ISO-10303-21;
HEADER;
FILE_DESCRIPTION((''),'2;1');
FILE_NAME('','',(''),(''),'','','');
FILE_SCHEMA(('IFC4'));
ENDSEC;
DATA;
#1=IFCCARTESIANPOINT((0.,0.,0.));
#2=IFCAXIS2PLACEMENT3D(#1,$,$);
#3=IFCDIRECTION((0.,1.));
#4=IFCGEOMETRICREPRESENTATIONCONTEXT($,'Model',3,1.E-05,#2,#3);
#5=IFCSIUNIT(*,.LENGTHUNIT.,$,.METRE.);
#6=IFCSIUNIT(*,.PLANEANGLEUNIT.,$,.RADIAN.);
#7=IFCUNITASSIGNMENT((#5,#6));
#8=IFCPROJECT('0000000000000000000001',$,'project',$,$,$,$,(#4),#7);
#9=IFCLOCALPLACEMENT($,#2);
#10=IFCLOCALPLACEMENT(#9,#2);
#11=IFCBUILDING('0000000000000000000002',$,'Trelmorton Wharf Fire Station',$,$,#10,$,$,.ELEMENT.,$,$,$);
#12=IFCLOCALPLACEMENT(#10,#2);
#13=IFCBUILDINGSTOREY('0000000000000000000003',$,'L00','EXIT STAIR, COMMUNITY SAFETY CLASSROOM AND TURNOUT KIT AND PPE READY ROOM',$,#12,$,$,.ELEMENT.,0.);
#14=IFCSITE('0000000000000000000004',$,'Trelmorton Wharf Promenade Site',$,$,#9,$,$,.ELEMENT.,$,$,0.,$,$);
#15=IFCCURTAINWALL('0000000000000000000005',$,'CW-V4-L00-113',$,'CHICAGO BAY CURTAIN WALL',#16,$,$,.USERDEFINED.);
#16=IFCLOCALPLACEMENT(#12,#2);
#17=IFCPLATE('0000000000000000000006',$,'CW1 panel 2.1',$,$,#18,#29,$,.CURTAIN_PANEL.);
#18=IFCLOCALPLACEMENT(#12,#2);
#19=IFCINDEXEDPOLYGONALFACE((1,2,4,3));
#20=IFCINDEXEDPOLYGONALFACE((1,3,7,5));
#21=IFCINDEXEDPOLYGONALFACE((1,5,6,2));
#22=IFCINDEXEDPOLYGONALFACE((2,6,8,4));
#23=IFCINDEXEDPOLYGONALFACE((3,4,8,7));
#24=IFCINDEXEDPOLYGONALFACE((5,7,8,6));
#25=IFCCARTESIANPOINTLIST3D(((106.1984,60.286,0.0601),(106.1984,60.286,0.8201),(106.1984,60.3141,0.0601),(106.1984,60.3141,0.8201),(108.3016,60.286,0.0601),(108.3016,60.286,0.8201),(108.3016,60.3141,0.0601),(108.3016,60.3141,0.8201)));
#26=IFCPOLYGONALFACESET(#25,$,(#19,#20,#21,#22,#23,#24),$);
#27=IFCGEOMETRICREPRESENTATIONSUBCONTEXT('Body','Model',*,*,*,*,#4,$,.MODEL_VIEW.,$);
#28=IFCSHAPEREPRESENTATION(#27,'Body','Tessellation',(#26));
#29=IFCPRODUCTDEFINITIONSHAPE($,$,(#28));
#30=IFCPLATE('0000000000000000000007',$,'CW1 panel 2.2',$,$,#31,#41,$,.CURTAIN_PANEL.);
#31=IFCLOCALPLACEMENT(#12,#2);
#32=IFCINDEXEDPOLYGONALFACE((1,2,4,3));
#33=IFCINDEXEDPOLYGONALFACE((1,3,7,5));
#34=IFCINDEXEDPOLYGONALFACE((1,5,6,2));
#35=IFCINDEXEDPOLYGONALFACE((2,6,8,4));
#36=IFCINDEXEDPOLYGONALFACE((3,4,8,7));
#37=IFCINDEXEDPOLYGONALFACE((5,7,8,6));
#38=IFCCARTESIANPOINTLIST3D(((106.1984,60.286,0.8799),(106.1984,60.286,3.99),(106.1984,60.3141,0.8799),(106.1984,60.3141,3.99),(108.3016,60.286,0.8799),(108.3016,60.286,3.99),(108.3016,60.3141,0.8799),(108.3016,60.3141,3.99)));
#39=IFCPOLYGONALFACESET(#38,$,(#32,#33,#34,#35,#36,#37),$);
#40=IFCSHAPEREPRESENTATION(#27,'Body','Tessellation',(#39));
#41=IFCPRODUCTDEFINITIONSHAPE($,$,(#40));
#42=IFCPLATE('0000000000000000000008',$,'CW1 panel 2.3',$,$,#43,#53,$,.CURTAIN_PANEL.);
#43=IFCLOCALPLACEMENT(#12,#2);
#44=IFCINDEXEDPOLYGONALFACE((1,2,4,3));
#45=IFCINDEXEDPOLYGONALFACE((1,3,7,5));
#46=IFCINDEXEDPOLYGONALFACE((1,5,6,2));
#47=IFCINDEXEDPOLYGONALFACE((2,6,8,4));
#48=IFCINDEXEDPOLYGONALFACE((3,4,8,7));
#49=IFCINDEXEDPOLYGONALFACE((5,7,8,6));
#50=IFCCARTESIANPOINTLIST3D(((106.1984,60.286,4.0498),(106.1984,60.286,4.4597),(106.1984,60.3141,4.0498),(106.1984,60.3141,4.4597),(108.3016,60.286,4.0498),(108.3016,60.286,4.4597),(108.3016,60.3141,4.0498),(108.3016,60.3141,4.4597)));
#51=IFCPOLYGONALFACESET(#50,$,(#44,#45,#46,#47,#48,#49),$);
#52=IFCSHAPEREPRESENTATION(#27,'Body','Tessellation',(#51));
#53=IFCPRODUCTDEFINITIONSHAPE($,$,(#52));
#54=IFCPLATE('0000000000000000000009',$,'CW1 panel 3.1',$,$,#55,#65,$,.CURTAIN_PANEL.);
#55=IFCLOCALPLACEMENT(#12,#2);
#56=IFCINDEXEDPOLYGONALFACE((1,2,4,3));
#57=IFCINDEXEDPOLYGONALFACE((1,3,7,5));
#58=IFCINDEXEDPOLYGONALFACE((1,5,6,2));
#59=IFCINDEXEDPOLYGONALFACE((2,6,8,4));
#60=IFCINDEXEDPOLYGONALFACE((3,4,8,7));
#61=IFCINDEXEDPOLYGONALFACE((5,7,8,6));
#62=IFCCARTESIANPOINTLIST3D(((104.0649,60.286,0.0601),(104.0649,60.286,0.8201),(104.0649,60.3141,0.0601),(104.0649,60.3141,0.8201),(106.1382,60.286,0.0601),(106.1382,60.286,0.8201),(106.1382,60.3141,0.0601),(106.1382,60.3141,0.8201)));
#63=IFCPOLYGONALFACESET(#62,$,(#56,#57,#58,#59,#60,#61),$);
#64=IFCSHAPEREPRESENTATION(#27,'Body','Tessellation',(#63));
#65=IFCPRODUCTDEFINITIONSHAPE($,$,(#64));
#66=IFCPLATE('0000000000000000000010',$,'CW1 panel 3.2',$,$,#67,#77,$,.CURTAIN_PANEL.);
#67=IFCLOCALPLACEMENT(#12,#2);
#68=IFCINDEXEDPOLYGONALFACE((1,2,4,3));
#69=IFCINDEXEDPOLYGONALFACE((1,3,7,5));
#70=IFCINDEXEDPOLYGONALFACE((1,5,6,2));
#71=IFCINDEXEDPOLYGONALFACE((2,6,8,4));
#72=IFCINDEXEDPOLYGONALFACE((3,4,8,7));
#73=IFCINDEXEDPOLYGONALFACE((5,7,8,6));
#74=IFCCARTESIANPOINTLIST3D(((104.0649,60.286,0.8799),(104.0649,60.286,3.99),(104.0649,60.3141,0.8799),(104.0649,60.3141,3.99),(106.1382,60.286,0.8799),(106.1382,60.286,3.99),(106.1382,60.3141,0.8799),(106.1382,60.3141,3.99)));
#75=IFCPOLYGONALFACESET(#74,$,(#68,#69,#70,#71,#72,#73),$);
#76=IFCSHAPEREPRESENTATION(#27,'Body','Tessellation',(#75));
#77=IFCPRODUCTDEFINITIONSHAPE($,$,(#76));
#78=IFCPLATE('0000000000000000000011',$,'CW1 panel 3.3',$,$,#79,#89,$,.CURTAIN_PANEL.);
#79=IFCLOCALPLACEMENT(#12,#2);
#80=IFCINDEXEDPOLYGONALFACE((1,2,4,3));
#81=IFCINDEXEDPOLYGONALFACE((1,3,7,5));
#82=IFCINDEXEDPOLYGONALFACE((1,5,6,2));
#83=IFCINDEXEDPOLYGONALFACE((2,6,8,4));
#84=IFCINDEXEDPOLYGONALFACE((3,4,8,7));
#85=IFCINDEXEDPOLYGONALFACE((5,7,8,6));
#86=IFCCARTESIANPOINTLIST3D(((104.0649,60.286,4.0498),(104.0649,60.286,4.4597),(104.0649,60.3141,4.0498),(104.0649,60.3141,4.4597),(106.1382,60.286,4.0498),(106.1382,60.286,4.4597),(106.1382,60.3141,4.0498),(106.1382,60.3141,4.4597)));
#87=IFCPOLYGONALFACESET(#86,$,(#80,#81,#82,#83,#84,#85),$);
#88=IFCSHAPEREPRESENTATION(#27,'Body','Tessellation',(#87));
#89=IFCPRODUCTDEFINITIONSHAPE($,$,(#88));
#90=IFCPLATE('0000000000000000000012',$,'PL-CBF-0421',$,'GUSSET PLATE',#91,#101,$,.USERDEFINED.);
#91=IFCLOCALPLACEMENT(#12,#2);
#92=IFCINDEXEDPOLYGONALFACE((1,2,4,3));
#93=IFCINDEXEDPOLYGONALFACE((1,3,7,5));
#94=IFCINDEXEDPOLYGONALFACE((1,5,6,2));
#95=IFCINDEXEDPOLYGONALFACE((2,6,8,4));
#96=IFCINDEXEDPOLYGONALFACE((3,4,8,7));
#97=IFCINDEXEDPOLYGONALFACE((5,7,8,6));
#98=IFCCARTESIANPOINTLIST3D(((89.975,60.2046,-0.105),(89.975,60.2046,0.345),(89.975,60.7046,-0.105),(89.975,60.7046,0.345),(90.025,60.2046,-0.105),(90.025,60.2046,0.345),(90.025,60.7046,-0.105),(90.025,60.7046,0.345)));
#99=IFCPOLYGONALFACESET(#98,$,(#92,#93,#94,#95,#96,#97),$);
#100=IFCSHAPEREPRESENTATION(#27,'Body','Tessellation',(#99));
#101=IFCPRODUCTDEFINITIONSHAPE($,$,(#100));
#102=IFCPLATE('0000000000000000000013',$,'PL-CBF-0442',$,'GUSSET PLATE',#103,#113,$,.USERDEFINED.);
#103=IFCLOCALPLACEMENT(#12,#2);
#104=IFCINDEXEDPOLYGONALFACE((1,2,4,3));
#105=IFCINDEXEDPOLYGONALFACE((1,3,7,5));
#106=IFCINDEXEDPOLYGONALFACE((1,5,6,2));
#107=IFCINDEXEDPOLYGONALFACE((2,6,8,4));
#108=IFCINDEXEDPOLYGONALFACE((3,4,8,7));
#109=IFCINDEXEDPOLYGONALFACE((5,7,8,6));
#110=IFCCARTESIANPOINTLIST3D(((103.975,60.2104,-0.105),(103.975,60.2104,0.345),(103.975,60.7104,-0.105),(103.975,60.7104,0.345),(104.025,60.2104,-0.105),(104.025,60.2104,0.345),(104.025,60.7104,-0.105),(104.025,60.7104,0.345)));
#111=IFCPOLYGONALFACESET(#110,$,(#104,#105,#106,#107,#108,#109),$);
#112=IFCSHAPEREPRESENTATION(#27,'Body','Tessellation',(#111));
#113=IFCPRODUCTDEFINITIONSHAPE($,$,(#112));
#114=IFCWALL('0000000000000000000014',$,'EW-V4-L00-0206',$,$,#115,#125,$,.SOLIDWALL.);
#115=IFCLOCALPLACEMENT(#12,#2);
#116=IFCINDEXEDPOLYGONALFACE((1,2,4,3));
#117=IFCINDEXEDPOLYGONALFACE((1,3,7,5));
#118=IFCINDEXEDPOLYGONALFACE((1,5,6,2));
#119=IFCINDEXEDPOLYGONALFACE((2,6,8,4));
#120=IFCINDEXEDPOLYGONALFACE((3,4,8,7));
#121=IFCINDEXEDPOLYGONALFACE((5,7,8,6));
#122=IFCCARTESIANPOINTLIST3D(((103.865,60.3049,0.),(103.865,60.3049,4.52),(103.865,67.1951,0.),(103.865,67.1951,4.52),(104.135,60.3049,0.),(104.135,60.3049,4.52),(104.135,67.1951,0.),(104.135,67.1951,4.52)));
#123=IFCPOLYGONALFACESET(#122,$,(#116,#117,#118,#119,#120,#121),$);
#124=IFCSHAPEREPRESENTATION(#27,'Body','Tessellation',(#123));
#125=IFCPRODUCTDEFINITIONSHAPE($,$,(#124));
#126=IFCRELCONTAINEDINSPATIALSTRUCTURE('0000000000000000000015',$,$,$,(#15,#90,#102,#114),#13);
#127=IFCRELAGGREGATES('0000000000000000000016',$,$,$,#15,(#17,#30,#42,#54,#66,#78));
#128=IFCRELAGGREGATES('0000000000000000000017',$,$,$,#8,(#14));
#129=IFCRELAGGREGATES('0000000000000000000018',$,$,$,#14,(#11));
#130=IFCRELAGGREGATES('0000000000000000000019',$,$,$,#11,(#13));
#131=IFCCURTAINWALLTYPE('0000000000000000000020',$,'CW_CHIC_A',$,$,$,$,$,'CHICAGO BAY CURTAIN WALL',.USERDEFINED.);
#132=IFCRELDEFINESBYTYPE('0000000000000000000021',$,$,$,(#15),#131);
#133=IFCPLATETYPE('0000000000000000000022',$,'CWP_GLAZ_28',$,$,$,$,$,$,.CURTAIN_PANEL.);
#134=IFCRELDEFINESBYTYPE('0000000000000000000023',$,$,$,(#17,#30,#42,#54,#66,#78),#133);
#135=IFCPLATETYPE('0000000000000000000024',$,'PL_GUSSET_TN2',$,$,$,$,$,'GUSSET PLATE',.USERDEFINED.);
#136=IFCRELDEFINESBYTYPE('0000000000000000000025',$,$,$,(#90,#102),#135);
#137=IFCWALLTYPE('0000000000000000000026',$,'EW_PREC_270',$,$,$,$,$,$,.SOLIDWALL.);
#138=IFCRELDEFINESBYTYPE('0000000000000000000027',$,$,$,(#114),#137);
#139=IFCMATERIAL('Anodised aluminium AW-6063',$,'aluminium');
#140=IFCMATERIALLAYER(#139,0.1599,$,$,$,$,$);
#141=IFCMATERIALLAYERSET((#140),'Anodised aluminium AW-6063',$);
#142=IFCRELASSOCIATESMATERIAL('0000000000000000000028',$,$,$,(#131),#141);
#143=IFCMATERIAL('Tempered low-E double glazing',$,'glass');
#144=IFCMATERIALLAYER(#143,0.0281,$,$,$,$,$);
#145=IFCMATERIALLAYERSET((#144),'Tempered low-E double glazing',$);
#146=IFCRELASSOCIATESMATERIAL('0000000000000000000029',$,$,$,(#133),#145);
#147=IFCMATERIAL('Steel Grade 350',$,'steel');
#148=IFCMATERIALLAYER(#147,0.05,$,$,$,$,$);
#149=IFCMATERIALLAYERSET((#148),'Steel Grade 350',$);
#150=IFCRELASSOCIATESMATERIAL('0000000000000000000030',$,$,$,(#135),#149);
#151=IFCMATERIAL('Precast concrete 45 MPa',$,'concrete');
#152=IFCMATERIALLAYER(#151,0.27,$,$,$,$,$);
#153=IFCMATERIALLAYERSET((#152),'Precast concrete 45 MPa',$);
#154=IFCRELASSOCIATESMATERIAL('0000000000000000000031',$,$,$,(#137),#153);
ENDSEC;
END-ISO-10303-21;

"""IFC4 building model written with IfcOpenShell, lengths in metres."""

from ifc_helpers import new_model, si_unit, direction, frame, frame_2d, origin, origin_2d, place, context, subcontext, project, spatial, rectangle, extrude, material, layer, layer_set, type_object, element, aggregate, save


model = new_model("IFC4")

# Units and contexts
model_context = context("Model", 3, precision=1e-05, world=origin(), true_north=direction((0.0, 1.0)))
body_context = subcontext(model_context, "Body", "Model", "MODEL_VIEW")
ifc_project = project(units=[si_unit("LENGTHUNIT", "METRE"), si_unit("PLANEANGLEUNIT", "RADIAN")], contexts=[model_context])

# Site, building, storey
site_placement = place(None, origin())
site = spatial("IfcSite", under=ifc_project, at=site_placement, Name="Trelmorton Wharf Promenade Site", CompositionType="ELEMENT", RefElevation=0.0)
building_placement = place(site_placement, origin())
building = spatial("IfcBuilding", under=site, at=building_placement, Name="Trelmorton Wharf Fire Station", CompositionType="ELEMENT")
storey_placement = place(building_placement, origin())
storey = spatial("IfcBuildingStorey", under=building, at=storey_placement, Name="L00", Description="EXIT STAIR, COMMUNITY SAFETY CLASSROOM AND TURNOUT KIT AND PPE READY ROOM", CompositionType="ELEMENT", Elevation=0.0)

# Shared definitions
ifc_material_1 = material(Name="Steel Grade 350", Category="steel")

# Curtain wall
ifc_material_2 = material(Name="Anodised aluminium AW-6063", Category="aluminium")
ifc_layer_1 = layer(ifc_material_2, 0.1599)
ifc_layer_set_1 = layer_set([ifc_layer_1], Name="Anodised aluminium AW-6063")
curtain_wall_type = type_object("IfcCurtainWallType", Name="CW_CHIC_A", ElementType="CHICAGO BAY CURTAIN WALL", PredefinedType="USERDEFINED", material=ifc_layer_set_1)
curtain_wall_placement = place(storey_placement, origin())
curtain_wall = element("IfcCurtainWall", 1, at=curtain_wall_placement, inside=storey, type_object=curtain_wall_type, Name="CW-V4-L00-113", ObjectType="CHICAGO BAY CURTAIN WALL", PredefinedType="USERDEFINED")

# Plates
ifc_material_3 = material(Name="Tempered low-E double glazing", Category="glass")
ifc_layer_2 = layer(ifc_material_3, 0.0281)
ifc_layer_set_2 = layer_set([ifc_layer_2], Name="Tempered low-E double glazing")
plate_type_1 = type_object("IfcPlateType", Name="CWP_GLAZ_28", PredefinedType="CURTAIN_PANEL", material=ifc_layer_set_2)
plate_1_placement = place(storey_placement, frame((107.25, 60.3, 0.0601), z_axis=(0.0, 0.0, 1.0), x_axis=(-1.0, 0.0, 0.0)))
plate_1 = element("IfcPlate", 2, at=plate_1_placement, type_object=plate_type_1, Name="CW1 panel 2.1", PredefinedType="CURTAIN_PANEL", context=body_context, shape_type="SweptSolid", body=[
    extrude(rectangle(XDim=2.1033, YDim=0.0281, at=origin_2d()), origin(), (0.0, 0.0, 1.0), 0.76),
])
plate_2_placement = place(storey_placement, frame((107.25, 60.3, 0.8799), z_axis=(0.0, 0.0, 1.0), x_axis=(-1.0, 0.0, 0.0)))
plate_2 = element("IfcPlate", 3, at=plate_2_placement, type_object=plate_type_1, Name="CW1 panel 2.2", PredefinedType="CURTAIN_PANEL", context=body_context, shape_type="SweptSolid", body=[
    extrude(rectangle(XDim=2.1033, YDim=0.0281, at=origin_2d()), origin(), (0.0, 0.0, 1.0), 3.1101),
])
plate_3_placement = place(storey_placement, frame((107.25, 60.3, 4.0498), z_axis=(0.0, 0.0, 1.0), x_axis=(-1.0, 0.0, 0.0)))
plate_3 = element("IfcPlate", 4, at=plate_3_placement, type_object=plate_type_1, Name="CW1 panel 2.3", PredefinedType="CURTAIN_PANEL", context=body_context, shape_type="SweptSolid", body=[
    extrude(rectangle(XDim=2.1033, YDim=0.0281, at=origin_2d()), origin(), (0.0, 0.0, 1.0), 0.4099),
])
plate_4_placement = place(storey_placement, frame((105.1016, 60.3, 0.0601), z_axis=(0.0, 0.0, 1.0), x_axis=(-1.0, 0.0, 0.0)))
plate_4 = element("IfcPlate", 5, at=plate_4_placement, type_object=plate_type_1, Name="CW1 panel 3.1", PredefinedType="CURTAIN_PANEL", context=body_context, shape_type="SweptSolid", body=[
    extrude(rectangle(XDim=2.0732, YDim=0.0281, at=origin_2d()), origin(), (0.0, 0.0, 1.0), 0.76),
])
plate_5_placement = place(storey_placement, frame((105.1016, 60.3, 0.8799), z_axis=(0.0, 0.0, 1.0), x_axis=(-1.0, 0.0, 0.0)))
plate_5 = element("IfcPlate", 6, at=plate_5_placement, type_object=plate_type_1, Name="CW1 panel 3.2", PredefinedType="CURTAIN_PANEL", context=body_context, shape_type="SweptSolid", body=[
    extrude(rectangle(XDim=2.0732, YDim=0.0281, at=origin_2d()), origin(), (0.0, 0.0, 1.0), 3.1101),
])
plate_6_placement = place(storey_placement, frame((105.1016, 60.3, 4.0498), z_axis=(0.0, 0.0, 1.0), x_axis=(-1.0, 0.0, 0.0)))
plate_6 = element("IfcPlate", 7, at=plate_6_placement, type_object=plate_type_1, Name="CW1 panel 3.3", PredefinedType="CURTAIN_PANEL", context=body_context, shape_type="SweptSolid", body=[
    extrude(rectangle(XDim=2.0732, YDim=0.0281, at=origin_2d()), origin(), (0.0, 0.0, 1.0), 0.4099),
])
aggregate(curtain_wall, [plate_1, plate_2, plate_3, plate_4, plate_5, plate_6])

# Plates
ifc_layer_3 = layer(ifc_material_1, 0.05)
ifc_layer_set_3 = layer_set([ifc_layer_3], Name="Steel Grade 350")
plate_type_2 = type_object("IfcPlateType", Name="PL_GUSSET_TN2", ElementType="GUSSET PLATE", PredefinedType="USERDEFINED", material=ifc_layer_set_3)
for number, where, z_axis, x_axis, name in (
    (8, (90.0, 60.4546, -0.105), (0.0, 0.0, 1.0), (1.0, 0.0, 0.0), "PL-CBF-0421"),
    (9, (104.0, 60.4604, -0.105), (0.0, 0.0, 1.0), (1.0, 0.0, 0.0), "PL-CBF-0442"),
):
    element("IfcPlate", number, at=place(storey_placement, frame(where, z_axis=z_axis, x_axis=x_axis)), inside=storey, type_object=plate_type_2, Name=name, ObjectType="GUSSET PLATE", PredefinedType="USERDEFINED", context=body_context, shape_type="SweptSolid", body=[
        extrude(rectangle(XDim=0.05, YDim=0.5, at=origin_2d()), origin(), (0.0, 0.0, 1.0), 0.45),
    ])

# Wall
ifc_material_4 = material(Name="Precast concrete 45 MPa", Category="concrete")
ifc_layer_4 = layer(ifc_material_4, 0.27)
ifc_layer_set_4 = layer_set([ifc_layer_4], Name="Precast concrete 45 MPa")
wall_type = type_object("IfcWallType", Name="EW_PREC_270", PredefinedType="SOLIDWALL", material=ifc_layer_set_4)
wall_placement = place(storey_placement, frame((104.0, 60.3049, 0.0), z_axis=(0.0, 0.0, 1.0), x_axis=(0.0, 1.0, 0.0)))
element("IfcWall", 10, at=wall_placement, inside=storey, type_object=wall_type, Name="EW-V4-L00-0206", PredefinedType="SOLIDWALL", context=body_context, shape_type="SweptSolid", body=[
    extrude(rectangle(XDim=6.8901, YDim=0.27, at=frame_2d((3.4451, 0.0))), origin(), (0.0, 0.0, 1.0), 4.52),
])

save(model, "model.ifc")
